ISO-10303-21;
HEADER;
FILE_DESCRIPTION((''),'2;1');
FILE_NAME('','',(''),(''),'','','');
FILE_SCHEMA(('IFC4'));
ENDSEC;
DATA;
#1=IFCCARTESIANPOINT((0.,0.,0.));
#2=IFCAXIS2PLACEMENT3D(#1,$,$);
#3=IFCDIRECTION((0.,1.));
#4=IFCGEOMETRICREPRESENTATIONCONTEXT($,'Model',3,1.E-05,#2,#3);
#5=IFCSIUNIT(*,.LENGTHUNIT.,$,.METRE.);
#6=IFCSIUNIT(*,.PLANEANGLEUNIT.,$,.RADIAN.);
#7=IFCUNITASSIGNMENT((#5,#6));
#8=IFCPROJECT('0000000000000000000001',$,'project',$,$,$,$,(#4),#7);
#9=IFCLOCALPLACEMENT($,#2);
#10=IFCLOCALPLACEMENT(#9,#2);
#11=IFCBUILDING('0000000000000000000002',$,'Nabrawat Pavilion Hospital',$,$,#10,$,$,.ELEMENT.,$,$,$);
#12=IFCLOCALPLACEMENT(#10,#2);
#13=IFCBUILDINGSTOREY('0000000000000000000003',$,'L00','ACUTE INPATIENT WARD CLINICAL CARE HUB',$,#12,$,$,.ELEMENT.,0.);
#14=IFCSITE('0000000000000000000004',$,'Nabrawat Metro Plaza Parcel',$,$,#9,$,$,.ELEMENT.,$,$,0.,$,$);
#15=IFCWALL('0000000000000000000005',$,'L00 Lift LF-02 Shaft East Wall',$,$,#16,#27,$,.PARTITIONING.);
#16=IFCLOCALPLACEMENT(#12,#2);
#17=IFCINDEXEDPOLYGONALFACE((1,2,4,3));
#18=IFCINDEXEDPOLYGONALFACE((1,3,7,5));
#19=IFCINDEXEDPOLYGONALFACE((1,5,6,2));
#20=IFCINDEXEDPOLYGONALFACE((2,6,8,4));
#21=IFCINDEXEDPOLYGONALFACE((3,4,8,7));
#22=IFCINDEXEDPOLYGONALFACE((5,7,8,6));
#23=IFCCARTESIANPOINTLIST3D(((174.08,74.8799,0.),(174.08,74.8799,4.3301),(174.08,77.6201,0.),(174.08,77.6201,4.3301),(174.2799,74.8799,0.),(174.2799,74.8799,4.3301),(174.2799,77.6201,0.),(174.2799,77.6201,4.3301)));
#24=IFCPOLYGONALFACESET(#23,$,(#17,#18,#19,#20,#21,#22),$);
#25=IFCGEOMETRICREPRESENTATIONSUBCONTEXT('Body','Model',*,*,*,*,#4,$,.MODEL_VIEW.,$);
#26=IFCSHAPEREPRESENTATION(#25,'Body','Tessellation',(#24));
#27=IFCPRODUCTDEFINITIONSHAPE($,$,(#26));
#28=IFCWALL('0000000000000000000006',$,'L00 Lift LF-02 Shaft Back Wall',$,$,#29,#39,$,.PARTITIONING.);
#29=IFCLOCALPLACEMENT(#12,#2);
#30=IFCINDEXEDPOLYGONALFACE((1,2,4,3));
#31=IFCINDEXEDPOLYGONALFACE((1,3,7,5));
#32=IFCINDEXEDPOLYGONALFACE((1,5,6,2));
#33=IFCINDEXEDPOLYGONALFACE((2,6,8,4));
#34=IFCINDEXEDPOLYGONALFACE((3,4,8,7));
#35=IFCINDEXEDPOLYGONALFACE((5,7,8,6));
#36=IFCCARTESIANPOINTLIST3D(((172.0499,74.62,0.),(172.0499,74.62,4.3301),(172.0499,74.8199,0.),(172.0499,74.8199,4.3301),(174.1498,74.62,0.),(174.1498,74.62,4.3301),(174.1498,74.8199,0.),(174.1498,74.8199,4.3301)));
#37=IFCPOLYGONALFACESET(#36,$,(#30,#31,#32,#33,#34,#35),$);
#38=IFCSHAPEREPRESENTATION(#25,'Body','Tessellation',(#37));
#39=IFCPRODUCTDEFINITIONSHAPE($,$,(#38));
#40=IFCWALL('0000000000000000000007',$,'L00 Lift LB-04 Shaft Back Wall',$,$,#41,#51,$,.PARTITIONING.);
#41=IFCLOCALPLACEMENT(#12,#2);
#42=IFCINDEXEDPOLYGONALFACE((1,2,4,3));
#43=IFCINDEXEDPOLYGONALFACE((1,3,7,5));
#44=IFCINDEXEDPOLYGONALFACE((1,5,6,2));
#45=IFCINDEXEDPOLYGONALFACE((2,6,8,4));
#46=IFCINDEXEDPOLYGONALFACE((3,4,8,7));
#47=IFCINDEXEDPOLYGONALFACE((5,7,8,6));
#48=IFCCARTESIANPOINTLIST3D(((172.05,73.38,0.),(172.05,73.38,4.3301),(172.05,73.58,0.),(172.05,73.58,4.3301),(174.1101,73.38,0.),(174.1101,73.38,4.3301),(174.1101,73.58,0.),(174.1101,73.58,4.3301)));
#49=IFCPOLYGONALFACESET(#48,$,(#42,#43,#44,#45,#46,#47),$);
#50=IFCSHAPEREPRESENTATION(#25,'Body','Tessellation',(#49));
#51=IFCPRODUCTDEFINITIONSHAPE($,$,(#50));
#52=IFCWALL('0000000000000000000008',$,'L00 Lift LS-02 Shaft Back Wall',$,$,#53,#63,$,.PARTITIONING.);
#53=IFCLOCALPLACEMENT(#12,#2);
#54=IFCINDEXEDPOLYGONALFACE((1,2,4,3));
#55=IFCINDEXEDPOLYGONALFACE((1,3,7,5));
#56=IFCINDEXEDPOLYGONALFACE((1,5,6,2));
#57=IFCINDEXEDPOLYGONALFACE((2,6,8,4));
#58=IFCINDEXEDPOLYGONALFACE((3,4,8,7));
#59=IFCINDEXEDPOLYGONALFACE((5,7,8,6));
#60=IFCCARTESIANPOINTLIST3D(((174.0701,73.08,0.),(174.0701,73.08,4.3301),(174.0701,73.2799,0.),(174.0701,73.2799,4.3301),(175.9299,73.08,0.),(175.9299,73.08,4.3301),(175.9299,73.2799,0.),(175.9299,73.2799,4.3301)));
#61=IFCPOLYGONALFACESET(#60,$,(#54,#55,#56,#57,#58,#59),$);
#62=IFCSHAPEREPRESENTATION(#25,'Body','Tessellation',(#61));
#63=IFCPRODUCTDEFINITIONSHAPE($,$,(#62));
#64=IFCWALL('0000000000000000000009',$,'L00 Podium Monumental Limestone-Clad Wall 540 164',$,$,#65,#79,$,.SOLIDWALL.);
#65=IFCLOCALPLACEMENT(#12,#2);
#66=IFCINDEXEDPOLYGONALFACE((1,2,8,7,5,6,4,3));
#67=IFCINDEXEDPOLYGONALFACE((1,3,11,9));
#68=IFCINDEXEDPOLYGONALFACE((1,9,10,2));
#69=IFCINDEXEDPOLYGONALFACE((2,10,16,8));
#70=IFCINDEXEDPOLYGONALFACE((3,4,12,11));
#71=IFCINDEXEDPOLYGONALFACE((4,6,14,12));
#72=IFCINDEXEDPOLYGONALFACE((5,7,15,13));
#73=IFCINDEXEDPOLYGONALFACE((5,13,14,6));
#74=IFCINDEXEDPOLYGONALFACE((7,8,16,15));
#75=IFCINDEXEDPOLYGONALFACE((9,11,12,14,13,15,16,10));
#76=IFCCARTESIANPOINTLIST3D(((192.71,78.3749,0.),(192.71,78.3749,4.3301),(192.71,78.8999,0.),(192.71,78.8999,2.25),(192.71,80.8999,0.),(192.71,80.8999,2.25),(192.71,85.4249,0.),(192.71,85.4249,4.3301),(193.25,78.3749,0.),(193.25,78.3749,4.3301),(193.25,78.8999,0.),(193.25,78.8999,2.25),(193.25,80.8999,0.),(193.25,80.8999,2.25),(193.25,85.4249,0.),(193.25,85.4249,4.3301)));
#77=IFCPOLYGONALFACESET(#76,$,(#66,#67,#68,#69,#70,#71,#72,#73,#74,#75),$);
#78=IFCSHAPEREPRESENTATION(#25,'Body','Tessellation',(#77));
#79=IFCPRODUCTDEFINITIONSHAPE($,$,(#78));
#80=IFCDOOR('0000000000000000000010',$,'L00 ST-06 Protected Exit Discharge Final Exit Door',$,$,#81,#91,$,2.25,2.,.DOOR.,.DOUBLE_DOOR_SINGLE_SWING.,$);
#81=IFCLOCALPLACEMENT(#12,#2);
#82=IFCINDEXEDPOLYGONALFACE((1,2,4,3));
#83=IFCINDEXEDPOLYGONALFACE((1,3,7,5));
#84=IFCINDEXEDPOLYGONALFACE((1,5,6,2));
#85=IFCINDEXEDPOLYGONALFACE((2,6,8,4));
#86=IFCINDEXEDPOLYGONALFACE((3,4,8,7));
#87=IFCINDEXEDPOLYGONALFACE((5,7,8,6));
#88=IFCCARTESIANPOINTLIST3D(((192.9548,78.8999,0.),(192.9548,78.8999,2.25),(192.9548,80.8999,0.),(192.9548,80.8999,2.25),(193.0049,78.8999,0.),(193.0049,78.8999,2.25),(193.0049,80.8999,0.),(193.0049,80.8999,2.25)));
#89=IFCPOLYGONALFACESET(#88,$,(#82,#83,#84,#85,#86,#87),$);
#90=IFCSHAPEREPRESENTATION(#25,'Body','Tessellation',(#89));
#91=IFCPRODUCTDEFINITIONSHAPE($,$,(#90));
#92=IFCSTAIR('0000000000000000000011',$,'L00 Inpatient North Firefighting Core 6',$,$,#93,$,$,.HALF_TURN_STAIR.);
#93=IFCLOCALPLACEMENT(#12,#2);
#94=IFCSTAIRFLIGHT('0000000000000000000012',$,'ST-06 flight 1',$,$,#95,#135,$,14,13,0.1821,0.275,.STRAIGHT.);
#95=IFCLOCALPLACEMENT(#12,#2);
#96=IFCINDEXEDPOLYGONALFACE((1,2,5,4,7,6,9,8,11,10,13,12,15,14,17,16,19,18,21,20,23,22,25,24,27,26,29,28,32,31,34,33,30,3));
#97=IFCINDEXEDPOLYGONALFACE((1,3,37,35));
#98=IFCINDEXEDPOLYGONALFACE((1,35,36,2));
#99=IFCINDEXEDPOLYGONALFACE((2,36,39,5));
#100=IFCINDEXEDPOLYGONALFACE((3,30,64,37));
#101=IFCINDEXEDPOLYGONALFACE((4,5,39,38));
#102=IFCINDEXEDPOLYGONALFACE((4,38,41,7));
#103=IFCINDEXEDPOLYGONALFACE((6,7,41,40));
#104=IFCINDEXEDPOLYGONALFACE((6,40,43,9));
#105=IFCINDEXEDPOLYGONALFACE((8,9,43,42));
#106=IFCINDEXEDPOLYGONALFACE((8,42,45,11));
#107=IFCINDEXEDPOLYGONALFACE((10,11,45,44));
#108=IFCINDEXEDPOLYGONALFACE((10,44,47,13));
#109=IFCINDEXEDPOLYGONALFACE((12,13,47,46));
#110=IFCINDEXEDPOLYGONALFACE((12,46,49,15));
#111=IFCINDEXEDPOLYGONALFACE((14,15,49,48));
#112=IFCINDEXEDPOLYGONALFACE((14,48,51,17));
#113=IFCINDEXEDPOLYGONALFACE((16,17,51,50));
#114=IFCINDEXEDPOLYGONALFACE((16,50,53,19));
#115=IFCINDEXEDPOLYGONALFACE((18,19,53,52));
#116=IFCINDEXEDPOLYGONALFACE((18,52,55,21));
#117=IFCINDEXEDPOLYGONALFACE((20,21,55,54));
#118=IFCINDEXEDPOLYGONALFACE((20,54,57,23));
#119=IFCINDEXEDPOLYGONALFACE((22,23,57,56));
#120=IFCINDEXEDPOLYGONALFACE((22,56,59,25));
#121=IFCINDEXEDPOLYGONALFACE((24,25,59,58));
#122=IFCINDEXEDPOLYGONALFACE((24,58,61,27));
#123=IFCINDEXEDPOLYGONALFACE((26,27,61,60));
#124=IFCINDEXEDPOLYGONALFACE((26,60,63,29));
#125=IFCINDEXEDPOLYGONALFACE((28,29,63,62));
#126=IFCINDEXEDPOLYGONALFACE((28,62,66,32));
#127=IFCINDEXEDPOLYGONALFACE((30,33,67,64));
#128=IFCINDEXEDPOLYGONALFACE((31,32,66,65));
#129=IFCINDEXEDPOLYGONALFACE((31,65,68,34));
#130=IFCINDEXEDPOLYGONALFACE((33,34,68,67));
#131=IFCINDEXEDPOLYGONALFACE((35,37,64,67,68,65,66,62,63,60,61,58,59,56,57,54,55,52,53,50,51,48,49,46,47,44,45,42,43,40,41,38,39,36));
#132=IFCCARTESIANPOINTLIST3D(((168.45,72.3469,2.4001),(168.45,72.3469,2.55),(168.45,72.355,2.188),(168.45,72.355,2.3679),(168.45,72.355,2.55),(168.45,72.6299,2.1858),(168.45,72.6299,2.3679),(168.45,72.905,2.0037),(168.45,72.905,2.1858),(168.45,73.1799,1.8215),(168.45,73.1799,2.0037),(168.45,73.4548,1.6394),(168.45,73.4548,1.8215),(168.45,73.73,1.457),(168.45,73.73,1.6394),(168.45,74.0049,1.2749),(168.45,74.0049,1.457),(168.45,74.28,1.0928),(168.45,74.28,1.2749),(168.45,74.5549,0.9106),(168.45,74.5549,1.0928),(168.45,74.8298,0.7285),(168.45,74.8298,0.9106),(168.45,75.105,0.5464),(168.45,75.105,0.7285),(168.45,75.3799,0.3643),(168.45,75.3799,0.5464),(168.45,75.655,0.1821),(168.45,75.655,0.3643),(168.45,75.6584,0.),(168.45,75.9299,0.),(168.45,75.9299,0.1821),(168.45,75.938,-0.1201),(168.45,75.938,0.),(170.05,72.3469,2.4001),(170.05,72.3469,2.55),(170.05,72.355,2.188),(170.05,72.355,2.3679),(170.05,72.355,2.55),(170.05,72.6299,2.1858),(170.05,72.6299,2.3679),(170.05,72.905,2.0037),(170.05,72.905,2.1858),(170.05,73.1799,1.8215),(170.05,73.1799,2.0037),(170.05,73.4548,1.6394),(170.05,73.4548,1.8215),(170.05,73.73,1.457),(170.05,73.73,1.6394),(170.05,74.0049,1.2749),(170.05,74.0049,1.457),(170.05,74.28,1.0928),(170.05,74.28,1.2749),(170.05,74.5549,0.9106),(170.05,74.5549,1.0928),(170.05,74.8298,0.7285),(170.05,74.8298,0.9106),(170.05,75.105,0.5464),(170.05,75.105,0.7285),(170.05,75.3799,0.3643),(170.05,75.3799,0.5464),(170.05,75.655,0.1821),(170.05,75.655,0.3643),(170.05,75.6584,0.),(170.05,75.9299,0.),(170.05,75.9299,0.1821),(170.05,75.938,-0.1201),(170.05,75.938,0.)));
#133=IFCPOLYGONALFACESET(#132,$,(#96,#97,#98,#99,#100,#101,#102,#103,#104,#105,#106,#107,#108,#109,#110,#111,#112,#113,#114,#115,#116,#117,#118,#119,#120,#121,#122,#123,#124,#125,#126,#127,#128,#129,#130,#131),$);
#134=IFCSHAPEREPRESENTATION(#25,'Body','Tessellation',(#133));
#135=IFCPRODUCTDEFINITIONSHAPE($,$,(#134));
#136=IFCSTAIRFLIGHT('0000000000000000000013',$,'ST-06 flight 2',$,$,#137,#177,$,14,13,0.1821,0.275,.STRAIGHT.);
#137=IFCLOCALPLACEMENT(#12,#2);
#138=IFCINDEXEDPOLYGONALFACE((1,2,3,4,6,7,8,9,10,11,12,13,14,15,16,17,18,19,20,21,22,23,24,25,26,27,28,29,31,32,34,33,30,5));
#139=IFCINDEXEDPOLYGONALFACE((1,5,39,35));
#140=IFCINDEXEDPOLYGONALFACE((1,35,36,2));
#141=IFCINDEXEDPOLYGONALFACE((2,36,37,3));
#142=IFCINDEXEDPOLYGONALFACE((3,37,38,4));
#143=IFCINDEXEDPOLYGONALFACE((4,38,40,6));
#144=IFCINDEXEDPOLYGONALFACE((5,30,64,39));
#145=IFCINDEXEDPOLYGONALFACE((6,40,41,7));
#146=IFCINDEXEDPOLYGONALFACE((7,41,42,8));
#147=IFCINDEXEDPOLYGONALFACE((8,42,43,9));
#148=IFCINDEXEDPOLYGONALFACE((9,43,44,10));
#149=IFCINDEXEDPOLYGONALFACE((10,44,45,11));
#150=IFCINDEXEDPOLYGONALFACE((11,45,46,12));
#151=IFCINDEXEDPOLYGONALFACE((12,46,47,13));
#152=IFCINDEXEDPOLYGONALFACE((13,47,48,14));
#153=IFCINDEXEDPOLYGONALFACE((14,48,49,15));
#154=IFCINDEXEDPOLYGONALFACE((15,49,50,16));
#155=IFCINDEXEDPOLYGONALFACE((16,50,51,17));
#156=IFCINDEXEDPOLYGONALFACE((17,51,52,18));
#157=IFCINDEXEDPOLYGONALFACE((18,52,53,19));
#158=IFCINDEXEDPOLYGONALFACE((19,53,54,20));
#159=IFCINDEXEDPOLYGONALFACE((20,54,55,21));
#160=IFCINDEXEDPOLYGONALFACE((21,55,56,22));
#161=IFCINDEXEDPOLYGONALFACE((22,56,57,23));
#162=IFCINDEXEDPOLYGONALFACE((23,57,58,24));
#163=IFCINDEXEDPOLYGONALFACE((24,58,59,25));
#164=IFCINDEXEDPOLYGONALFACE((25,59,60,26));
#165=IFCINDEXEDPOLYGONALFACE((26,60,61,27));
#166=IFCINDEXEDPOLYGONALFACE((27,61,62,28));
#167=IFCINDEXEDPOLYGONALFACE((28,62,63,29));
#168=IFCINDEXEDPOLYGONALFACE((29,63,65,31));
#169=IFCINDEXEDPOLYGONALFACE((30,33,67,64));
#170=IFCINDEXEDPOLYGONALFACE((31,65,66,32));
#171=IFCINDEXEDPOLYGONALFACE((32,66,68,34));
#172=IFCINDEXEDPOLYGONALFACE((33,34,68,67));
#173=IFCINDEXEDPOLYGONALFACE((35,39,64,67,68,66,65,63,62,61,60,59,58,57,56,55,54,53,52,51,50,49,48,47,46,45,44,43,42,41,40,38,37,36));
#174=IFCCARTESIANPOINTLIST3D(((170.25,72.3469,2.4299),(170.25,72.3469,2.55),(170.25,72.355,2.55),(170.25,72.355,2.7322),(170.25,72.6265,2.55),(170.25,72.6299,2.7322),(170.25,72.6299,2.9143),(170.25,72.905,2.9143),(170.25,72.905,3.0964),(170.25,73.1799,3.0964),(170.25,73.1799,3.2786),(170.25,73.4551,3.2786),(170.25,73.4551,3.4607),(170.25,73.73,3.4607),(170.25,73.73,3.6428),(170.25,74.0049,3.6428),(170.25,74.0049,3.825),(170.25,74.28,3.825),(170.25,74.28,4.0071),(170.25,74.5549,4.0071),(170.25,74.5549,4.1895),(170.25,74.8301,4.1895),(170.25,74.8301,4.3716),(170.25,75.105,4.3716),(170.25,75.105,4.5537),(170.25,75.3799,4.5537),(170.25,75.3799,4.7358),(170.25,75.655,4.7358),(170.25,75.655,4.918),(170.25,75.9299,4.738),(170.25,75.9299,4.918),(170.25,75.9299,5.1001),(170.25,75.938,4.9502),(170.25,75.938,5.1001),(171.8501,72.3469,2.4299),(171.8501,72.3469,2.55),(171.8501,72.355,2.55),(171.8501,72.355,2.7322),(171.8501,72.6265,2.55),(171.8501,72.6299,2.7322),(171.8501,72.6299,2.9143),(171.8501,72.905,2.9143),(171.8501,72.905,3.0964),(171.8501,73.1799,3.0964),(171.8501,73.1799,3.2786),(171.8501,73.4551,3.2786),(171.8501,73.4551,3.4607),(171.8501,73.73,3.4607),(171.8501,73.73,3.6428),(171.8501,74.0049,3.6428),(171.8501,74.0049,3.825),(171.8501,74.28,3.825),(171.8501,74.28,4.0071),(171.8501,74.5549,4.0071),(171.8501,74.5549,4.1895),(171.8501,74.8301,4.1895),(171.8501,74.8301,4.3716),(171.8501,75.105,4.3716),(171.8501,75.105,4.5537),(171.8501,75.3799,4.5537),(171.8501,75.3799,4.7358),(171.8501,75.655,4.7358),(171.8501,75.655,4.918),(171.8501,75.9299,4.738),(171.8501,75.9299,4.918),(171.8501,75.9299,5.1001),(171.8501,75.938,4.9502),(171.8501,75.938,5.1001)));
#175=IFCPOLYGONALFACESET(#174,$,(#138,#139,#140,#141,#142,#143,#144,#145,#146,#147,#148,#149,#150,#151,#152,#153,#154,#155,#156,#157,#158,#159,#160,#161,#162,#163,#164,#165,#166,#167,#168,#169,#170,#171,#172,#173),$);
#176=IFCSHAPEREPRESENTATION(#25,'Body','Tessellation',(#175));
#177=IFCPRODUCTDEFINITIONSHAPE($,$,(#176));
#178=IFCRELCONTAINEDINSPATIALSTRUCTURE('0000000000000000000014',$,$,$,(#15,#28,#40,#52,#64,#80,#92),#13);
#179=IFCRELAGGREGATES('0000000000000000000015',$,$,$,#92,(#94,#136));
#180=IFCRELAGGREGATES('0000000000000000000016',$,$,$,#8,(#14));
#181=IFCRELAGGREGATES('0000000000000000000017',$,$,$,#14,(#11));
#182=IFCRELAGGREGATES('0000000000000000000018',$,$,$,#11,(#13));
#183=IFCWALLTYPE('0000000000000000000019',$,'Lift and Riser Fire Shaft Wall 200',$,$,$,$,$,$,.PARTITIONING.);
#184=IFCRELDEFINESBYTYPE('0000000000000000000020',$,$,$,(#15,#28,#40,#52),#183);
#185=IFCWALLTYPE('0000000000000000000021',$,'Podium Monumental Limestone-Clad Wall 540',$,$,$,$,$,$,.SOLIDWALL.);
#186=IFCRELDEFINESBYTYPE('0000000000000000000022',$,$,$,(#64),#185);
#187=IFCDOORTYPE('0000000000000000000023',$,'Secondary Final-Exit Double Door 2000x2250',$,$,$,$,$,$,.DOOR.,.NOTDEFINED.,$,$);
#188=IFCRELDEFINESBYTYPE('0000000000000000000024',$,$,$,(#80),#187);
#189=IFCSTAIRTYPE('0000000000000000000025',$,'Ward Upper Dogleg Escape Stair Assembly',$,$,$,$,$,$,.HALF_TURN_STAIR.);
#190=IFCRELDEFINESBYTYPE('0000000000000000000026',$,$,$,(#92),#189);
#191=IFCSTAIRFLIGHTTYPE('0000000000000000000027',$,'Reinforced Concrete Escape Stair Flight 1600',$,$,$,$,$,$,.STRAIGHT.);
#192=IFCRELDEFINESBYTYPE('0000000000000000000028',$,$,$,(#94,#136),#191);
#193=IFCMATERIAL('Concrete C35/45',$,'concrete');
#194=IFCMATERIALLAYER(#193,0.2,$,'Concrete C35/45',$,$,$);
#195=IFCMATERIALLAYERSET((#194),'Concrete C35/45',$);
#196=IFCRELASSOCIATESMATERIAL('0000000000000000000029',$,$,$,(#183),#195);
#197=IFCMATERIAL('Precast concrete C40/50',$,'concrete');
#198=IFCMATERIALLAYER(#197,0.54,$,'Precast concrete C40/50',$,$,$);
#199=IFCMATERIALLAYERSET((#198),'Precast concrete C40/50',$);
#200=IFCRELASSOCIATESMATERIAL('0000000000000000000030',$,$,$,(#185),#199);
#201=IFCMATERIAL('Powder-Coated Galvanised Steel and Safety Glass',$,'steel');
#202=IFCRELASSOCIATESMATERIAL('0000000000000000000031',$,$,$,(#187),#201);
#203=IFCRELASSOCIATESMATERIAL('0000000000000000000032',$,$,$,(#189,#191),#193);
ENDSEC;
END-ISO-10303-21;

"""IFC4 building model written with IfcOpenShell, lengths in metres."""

from ifc_helpers import new_model, si_unit, direction, frame, frame_2d, origin, place, context, subcontext, project, spatial, polyline, rectangle, outline, extrude, material, layer, layer_set, type_object, element, fill, aggregate, save


model = new_model("IFC4")

# Units and contexts
model_context = context("Model", 3, precision=1e-05, world=origin(), true_north=direction((0.0, 1.0)))
body_context = subcontext(model_context, "Body", "Model", "MODEL_VIEW")
ifc_project = project(units=[si_unit("LENGTHUNIT", "METRE"), si_unit("PLANEANGLEUNIT", "RADIAN")], contexts=[model_context])

# Site, building, storey
site_placement = place(None, origin())
site = spatial("IfcSite", under=ifc_project, at=site_placement, Name="Nabrawat Metro Plaza Parcel", CompositionType="ELEMENT", RefElevation=0.0)
building_placement = place(site_placement, origin())
building = spatial("IfcBuilding", under=site, at=building_placement, Name="Nabrawat Pavilion Hospital", CompositionType="ELEMENT")
storey_placement = place(building_placement, origin())
storey = spatial("IfcBuildingStorey", under=building, at=storey_placement, Name="L00", Description="ACUTE INPATIENT WARD CLINICAL CARE HUB", CompositionType="ELEMENT", Elevation=0.0)

# Shared definitions
ifc_material_1 = material(Name="Concrete C35/45", Category="concrete")

# Walls
ifc_layer_1 = layer(ifc_material_1, 0.2, Name="Concrete C35/45")
ifc_layer_set_1 = layer_set([ifc_layer_1], Name="Concrete C35/45")
wall_type_1 = type_object("IfcWallType", Name="Lift and Riser Fire Shaft Wall 200", PredefinedType="PARTITIONING", material=ifc_layer_set_1)
wall_1_placement = place(storey_placement, frame((174.1799, 74.8799, 0.0), z_axis=(0.0, 0.0, 1.0), x_axis=(0.0, 1.0, 0.0)))
element("IfcWall", 1, at=wall_1_placement, inside=storey, type_object=wall_type_1, Name="L00 Lift LF-02 Shaft East Wall", PredefinedType="PARTITIONING", context=body_context, shape_type="SweptSolid", body=[
    extrude(rectangle(XDim=2.7402, YDim=0.2, at=frame_2d((1.3701, 0.0))), origin(), (0.0, 0.0, 1.0), 4.3301),
])
wall_2_placement = place(storey_placement, frame((172.05, 74.72, 0.0), z_axis=(0.0, 0.0, 1.0), x_axis=(1.0, 0.0, 0.0)))
element("IfcWall", 2, at=wall_2_placement, inside=storey, type_object=wall_type_1, Name="L00 Lift LF-02 Shaft Back Wall", PredefinedType="PARTITIONING", context=body_context, shape_type="SweptSolid", body=[
    extrude(rectangle(XDim=2.0999, YDim=0.2, at=frame_2d((1.0498, 0.0))), origin(), (0.0, 0.0, 1.0), 4.3301),
])
wall_3_placement = place(storey_placement, frame((172.05, 73.48, 0.0), z_axis=(0.0, 0.0, 1.0), x_axis=(1.0, 0.0, 0.0)))
element("IfcWall", 3, at=wall_3_placement, inside=storey, type_object=wall_type_1, Name="L00 Lift LB-04 Shaft Back Wall", PredefinedType="PARTITIONING", context=body_context, shape_type="SweptSolid", body=[
    extrude(rectangle(XDim=2.0601, YDim=0.2, at=frame_2d((1.03, 0.0))), origin(), (0.0, 0.0, 1.0), 4.3301),
])
wall_4_placement = place(storey_placement, frame((174.0701, 73.1799, 0.0), z_axis=(0.0, 0.0, 1.0), x_axis=(1.0, 0.0, 0.0)))
element("IfcWall", 4, at=wall_4_placement, inside=storey, type_object=wall_type_1, Name="L00 Lift LS-02 Shaft Back Wall", PredefinedType="PARTITIONING", context=body_context, shape_type="SweptSolid", body=[
    extrude(rectangle(XDim=1.8599, YDim=0.2, at=frame_2d((0.9299, 0.0))), origin(), (0.0, 0.0, 1.0), 4.3301),
])

# Wall, opening, door
ifc_material_2 = material(Name="Precast concrete C40/50", Category="concrete")
ifc_layer_2 = layer(ifc_material_2, 0.54, Name="Precast concrete C40/50")
ifc_layer_set_2 = layer_set([ifc_layer_2], Name="Precast concrete C40/50")
wall_type_2 = type_object("IfcWallType", Name="Podium Monumental Limestone-Clad Wall 540", PredefinedType="SOLIDWALL", material=ifc_layer_set_2)
wall_5_placement = place(storey_placement, frame((192.98, 78.375, 0.0), z_axis=(0.0, 0.0, 1.0), x_axis=(0.0, 1.0, 0.0)))
wall_5 = element("IfcWall", 5, at=wall_5_placement, inside=storey, type_object=wall_type_2, Name="L00 Podium Monumental Limestone-Clad Wall 540 164", PredefinedType="SOLIDWALL", context=body_context, shape_type="SweptSolid", body=[
    extrude(rectangle(XDim=7.05, YDim=0.54, at=frame_2d((3.5249, 0.0))), origin(), (0.0, 0.0, 1.0), 4.3301),
])
opening_1_placement = place(wall_5_placement, frame((0.5249, 0.0, 0.0)))
opening_1 = element("IfcOpeningElement", 6, at=opening_1_placement, cuts=wall_5, PredefinedType="OPENING", context=body_context, shape_type="SweptSolid", body=[
    extrude(rectangle(XDim=2.0, YDim=2.25, at=frame_2d((1.0, 1.125))), frame((0.0, 0.28, 0.0), z_axis=(0.0, -1.0, 0.0), x_axis=(1.0, 0.0, 0.0)), (0.0, 0.0, 1.0), 0.5601),
])
ifc_material_3 = material(Name="Powder-Coated Galvanised Steel and Safety Glass", Category="steel")
door_type_1 = type_object("IfcDoorType", Name="Secondary Final-Exit Double Door 2000x2250", OperationType="NOTDEFINED", PredefinedType="DOOR", material=ifc_material_3)
door_1_placement = place(opening_1_placement, frame((2.0, 0.0, 0.0), z_axis=(0.0, 0.0, 1.0), x_axis=(-1.0, 0.0, 0.0)))
door_1 = element("IfcDoor", 7, at=door_1_placement, inside=storey, type_object=door_type_1, Name="L00 ST-06 Protected Exit Discharge Final Exit Door", OperationType="DOUBLE_DOOR_SINGLE_SWING", OverallHeight=2.25, OverallWidth=2.0, PredefinedType="DOOR", context=body_context, shape_type="SweptSolid", body=[
    extrude(rectangle(XDim=2.0, YDim=2.25, at=frame_2d((1.0, 1.125))), frame((0.0, 0.0249, 0.0), z_axis=(0.0, -1.0, 0.0), x_axis=(1.0, 0.0, 0.0)), (0.0, 0.0, 1.0), 0.05),
])
fill(opening_1, door_1)

# Stair, stair flights
stair_type = type_object("IfcStairType", Name="Ward Upper Dogleg Escape Stair Assembly", PredefinedType="HALF_TURN_STAIR", material=ifc_material_1)
stair_placement = place(storey_placement, origin())
stair = element("IfcStair", 8, at=stair_placement, inside=storey, type_object=stair_type, Name="L00 Inpatient North Firefighting Core 6", PredefinedType="HALF_TURN_STAIR")
stair_flight_type = type_object("IfcStairFlightType", Name="Reinforced Concrete Escape Stair Flight 1600", PredefinedType="STRAIGHT", material=ifc_material_1)
stair_flight_1_placement = place(storey_placement, frame((169.25, 75.9299, 0.0), z_axis=(0.0, 0.0, 1.0), x_axis=(0.0, -1.0, 0.0)))
stair_flight_1 = element("IfcStairFlight", 9, at=stair_flight_1_placement, type_object=stair_flight_type, Name="ST-06 flight 1", NumberOfRisers=14, NumberOfTreads=13, PredefinedType="STRAIGHT", RiserHeight=0.1821, TreadLength=0.275, context=body_context, shape_type="SweptSolid", body=[
    extrude(outline(polyline([(-0.0081, 0.0), (0.0, 0.0), (0.0, 0.1821), (0.2749, 0.1821), (0.2749, 0.3643), (0.55, 0.3643), (0.55, 0.5464), (0.825, 0.5464), (0.825, 0.7285), (1.1001, 0.7285), (1.1001, 0.9106), (1.375, 0.9106), (1.375, 1.0928), (1.6499, 1.0928), (1.6499, 1.2749), (1.925, 1.2749), (1.925, 1.457), (2.2, 1.457), (2.2, 1.6394), (2.4751, 1.6394), (2.4751, 1.8215), (2.75, 1.8215), (2.75, 2.0037), (3.0249, 2.0037), (3.0249, 2.1858), (3.3, 2.1858), (3.3, 2.3679), (3.575, 2.3679), (3.575, 2.55), (3.583, 2.55), (3.583, 2.4001), (3.575, 2.188), (0.2715, 0.0), (-0.0081, -0.1201), (-0.0081, 0.0)])), frame((0.0, 0.8, 0.0), z_axis=(0.0, -1.0, 0.0), x_axis=(1.0, 0.0, 0.0)), (0.0, 0.0, 1.0), 1.6001),
])
stair_flight_2_placement = place(storey_placement, frame((171.05, 72.355, 2.55), z_axis=(0.0, 0.0, 1.0), x_axis=(0.0, 1.0, 0.0)))
stair_flight_2 = element("IfcStairFlight", 10, at=stair_flight_2_placement, type_object=stair_flight_type, Name="ST-06 flight 2", NumberOfRisers=14, NumberOfTreads=13, PredefinedType="STRAIGHT", RiserHeight=0.1821, TreadLength=0.275, context=body_context, shape_type="SweptSolid", body=[
    extrude(outline(polyline([(-0.0081, 0.0), (0.0, 0.0), (0.0, 0.1821), (0.2749, 0.1821), (0.2749, 0.3643), (0.55, 0.3643), (0.55, 0.5464), (0.825, 0.5464), (0.825, 0.7285), (1.1001, 0.7285), (1.1001, 0.9106), (1.375, 0.9106), (1.375, 1.0928), (1.6499, 1.0928), (1.6499, 1.2749), (1.925, 1.2749), (1.925, 1.457), (2.2, 1.457), (2.2, 1.6394), (2.4751, 1.6394), (2.4751, 1.8215), (2.75, 1.8215), (2.75, 2.0037), (3.0249, 2.0037), (3.0249, 2.1858), (3.3, 2.1858), (3.3, 2.3679), (3.575, 2.3679), (3.575, 2.55), (3.583, 2.55), (3.583, 2.4001), (3.575, 2.188), (0.2715, 0.0), (-0.0081, -0.1201), (-0.0081, 0.0)])), frame((0.0, 0.8, 0.0), z_axis=(0.0, -1.0, 0.0), x_axis=(1.0, 0.0, 0.0)), (0.0, 0.0, 1.0), 1.6001),
])
aggregate(stair, [stair_flight_1, stair_flight_2])

save(model, "model.ifc")
